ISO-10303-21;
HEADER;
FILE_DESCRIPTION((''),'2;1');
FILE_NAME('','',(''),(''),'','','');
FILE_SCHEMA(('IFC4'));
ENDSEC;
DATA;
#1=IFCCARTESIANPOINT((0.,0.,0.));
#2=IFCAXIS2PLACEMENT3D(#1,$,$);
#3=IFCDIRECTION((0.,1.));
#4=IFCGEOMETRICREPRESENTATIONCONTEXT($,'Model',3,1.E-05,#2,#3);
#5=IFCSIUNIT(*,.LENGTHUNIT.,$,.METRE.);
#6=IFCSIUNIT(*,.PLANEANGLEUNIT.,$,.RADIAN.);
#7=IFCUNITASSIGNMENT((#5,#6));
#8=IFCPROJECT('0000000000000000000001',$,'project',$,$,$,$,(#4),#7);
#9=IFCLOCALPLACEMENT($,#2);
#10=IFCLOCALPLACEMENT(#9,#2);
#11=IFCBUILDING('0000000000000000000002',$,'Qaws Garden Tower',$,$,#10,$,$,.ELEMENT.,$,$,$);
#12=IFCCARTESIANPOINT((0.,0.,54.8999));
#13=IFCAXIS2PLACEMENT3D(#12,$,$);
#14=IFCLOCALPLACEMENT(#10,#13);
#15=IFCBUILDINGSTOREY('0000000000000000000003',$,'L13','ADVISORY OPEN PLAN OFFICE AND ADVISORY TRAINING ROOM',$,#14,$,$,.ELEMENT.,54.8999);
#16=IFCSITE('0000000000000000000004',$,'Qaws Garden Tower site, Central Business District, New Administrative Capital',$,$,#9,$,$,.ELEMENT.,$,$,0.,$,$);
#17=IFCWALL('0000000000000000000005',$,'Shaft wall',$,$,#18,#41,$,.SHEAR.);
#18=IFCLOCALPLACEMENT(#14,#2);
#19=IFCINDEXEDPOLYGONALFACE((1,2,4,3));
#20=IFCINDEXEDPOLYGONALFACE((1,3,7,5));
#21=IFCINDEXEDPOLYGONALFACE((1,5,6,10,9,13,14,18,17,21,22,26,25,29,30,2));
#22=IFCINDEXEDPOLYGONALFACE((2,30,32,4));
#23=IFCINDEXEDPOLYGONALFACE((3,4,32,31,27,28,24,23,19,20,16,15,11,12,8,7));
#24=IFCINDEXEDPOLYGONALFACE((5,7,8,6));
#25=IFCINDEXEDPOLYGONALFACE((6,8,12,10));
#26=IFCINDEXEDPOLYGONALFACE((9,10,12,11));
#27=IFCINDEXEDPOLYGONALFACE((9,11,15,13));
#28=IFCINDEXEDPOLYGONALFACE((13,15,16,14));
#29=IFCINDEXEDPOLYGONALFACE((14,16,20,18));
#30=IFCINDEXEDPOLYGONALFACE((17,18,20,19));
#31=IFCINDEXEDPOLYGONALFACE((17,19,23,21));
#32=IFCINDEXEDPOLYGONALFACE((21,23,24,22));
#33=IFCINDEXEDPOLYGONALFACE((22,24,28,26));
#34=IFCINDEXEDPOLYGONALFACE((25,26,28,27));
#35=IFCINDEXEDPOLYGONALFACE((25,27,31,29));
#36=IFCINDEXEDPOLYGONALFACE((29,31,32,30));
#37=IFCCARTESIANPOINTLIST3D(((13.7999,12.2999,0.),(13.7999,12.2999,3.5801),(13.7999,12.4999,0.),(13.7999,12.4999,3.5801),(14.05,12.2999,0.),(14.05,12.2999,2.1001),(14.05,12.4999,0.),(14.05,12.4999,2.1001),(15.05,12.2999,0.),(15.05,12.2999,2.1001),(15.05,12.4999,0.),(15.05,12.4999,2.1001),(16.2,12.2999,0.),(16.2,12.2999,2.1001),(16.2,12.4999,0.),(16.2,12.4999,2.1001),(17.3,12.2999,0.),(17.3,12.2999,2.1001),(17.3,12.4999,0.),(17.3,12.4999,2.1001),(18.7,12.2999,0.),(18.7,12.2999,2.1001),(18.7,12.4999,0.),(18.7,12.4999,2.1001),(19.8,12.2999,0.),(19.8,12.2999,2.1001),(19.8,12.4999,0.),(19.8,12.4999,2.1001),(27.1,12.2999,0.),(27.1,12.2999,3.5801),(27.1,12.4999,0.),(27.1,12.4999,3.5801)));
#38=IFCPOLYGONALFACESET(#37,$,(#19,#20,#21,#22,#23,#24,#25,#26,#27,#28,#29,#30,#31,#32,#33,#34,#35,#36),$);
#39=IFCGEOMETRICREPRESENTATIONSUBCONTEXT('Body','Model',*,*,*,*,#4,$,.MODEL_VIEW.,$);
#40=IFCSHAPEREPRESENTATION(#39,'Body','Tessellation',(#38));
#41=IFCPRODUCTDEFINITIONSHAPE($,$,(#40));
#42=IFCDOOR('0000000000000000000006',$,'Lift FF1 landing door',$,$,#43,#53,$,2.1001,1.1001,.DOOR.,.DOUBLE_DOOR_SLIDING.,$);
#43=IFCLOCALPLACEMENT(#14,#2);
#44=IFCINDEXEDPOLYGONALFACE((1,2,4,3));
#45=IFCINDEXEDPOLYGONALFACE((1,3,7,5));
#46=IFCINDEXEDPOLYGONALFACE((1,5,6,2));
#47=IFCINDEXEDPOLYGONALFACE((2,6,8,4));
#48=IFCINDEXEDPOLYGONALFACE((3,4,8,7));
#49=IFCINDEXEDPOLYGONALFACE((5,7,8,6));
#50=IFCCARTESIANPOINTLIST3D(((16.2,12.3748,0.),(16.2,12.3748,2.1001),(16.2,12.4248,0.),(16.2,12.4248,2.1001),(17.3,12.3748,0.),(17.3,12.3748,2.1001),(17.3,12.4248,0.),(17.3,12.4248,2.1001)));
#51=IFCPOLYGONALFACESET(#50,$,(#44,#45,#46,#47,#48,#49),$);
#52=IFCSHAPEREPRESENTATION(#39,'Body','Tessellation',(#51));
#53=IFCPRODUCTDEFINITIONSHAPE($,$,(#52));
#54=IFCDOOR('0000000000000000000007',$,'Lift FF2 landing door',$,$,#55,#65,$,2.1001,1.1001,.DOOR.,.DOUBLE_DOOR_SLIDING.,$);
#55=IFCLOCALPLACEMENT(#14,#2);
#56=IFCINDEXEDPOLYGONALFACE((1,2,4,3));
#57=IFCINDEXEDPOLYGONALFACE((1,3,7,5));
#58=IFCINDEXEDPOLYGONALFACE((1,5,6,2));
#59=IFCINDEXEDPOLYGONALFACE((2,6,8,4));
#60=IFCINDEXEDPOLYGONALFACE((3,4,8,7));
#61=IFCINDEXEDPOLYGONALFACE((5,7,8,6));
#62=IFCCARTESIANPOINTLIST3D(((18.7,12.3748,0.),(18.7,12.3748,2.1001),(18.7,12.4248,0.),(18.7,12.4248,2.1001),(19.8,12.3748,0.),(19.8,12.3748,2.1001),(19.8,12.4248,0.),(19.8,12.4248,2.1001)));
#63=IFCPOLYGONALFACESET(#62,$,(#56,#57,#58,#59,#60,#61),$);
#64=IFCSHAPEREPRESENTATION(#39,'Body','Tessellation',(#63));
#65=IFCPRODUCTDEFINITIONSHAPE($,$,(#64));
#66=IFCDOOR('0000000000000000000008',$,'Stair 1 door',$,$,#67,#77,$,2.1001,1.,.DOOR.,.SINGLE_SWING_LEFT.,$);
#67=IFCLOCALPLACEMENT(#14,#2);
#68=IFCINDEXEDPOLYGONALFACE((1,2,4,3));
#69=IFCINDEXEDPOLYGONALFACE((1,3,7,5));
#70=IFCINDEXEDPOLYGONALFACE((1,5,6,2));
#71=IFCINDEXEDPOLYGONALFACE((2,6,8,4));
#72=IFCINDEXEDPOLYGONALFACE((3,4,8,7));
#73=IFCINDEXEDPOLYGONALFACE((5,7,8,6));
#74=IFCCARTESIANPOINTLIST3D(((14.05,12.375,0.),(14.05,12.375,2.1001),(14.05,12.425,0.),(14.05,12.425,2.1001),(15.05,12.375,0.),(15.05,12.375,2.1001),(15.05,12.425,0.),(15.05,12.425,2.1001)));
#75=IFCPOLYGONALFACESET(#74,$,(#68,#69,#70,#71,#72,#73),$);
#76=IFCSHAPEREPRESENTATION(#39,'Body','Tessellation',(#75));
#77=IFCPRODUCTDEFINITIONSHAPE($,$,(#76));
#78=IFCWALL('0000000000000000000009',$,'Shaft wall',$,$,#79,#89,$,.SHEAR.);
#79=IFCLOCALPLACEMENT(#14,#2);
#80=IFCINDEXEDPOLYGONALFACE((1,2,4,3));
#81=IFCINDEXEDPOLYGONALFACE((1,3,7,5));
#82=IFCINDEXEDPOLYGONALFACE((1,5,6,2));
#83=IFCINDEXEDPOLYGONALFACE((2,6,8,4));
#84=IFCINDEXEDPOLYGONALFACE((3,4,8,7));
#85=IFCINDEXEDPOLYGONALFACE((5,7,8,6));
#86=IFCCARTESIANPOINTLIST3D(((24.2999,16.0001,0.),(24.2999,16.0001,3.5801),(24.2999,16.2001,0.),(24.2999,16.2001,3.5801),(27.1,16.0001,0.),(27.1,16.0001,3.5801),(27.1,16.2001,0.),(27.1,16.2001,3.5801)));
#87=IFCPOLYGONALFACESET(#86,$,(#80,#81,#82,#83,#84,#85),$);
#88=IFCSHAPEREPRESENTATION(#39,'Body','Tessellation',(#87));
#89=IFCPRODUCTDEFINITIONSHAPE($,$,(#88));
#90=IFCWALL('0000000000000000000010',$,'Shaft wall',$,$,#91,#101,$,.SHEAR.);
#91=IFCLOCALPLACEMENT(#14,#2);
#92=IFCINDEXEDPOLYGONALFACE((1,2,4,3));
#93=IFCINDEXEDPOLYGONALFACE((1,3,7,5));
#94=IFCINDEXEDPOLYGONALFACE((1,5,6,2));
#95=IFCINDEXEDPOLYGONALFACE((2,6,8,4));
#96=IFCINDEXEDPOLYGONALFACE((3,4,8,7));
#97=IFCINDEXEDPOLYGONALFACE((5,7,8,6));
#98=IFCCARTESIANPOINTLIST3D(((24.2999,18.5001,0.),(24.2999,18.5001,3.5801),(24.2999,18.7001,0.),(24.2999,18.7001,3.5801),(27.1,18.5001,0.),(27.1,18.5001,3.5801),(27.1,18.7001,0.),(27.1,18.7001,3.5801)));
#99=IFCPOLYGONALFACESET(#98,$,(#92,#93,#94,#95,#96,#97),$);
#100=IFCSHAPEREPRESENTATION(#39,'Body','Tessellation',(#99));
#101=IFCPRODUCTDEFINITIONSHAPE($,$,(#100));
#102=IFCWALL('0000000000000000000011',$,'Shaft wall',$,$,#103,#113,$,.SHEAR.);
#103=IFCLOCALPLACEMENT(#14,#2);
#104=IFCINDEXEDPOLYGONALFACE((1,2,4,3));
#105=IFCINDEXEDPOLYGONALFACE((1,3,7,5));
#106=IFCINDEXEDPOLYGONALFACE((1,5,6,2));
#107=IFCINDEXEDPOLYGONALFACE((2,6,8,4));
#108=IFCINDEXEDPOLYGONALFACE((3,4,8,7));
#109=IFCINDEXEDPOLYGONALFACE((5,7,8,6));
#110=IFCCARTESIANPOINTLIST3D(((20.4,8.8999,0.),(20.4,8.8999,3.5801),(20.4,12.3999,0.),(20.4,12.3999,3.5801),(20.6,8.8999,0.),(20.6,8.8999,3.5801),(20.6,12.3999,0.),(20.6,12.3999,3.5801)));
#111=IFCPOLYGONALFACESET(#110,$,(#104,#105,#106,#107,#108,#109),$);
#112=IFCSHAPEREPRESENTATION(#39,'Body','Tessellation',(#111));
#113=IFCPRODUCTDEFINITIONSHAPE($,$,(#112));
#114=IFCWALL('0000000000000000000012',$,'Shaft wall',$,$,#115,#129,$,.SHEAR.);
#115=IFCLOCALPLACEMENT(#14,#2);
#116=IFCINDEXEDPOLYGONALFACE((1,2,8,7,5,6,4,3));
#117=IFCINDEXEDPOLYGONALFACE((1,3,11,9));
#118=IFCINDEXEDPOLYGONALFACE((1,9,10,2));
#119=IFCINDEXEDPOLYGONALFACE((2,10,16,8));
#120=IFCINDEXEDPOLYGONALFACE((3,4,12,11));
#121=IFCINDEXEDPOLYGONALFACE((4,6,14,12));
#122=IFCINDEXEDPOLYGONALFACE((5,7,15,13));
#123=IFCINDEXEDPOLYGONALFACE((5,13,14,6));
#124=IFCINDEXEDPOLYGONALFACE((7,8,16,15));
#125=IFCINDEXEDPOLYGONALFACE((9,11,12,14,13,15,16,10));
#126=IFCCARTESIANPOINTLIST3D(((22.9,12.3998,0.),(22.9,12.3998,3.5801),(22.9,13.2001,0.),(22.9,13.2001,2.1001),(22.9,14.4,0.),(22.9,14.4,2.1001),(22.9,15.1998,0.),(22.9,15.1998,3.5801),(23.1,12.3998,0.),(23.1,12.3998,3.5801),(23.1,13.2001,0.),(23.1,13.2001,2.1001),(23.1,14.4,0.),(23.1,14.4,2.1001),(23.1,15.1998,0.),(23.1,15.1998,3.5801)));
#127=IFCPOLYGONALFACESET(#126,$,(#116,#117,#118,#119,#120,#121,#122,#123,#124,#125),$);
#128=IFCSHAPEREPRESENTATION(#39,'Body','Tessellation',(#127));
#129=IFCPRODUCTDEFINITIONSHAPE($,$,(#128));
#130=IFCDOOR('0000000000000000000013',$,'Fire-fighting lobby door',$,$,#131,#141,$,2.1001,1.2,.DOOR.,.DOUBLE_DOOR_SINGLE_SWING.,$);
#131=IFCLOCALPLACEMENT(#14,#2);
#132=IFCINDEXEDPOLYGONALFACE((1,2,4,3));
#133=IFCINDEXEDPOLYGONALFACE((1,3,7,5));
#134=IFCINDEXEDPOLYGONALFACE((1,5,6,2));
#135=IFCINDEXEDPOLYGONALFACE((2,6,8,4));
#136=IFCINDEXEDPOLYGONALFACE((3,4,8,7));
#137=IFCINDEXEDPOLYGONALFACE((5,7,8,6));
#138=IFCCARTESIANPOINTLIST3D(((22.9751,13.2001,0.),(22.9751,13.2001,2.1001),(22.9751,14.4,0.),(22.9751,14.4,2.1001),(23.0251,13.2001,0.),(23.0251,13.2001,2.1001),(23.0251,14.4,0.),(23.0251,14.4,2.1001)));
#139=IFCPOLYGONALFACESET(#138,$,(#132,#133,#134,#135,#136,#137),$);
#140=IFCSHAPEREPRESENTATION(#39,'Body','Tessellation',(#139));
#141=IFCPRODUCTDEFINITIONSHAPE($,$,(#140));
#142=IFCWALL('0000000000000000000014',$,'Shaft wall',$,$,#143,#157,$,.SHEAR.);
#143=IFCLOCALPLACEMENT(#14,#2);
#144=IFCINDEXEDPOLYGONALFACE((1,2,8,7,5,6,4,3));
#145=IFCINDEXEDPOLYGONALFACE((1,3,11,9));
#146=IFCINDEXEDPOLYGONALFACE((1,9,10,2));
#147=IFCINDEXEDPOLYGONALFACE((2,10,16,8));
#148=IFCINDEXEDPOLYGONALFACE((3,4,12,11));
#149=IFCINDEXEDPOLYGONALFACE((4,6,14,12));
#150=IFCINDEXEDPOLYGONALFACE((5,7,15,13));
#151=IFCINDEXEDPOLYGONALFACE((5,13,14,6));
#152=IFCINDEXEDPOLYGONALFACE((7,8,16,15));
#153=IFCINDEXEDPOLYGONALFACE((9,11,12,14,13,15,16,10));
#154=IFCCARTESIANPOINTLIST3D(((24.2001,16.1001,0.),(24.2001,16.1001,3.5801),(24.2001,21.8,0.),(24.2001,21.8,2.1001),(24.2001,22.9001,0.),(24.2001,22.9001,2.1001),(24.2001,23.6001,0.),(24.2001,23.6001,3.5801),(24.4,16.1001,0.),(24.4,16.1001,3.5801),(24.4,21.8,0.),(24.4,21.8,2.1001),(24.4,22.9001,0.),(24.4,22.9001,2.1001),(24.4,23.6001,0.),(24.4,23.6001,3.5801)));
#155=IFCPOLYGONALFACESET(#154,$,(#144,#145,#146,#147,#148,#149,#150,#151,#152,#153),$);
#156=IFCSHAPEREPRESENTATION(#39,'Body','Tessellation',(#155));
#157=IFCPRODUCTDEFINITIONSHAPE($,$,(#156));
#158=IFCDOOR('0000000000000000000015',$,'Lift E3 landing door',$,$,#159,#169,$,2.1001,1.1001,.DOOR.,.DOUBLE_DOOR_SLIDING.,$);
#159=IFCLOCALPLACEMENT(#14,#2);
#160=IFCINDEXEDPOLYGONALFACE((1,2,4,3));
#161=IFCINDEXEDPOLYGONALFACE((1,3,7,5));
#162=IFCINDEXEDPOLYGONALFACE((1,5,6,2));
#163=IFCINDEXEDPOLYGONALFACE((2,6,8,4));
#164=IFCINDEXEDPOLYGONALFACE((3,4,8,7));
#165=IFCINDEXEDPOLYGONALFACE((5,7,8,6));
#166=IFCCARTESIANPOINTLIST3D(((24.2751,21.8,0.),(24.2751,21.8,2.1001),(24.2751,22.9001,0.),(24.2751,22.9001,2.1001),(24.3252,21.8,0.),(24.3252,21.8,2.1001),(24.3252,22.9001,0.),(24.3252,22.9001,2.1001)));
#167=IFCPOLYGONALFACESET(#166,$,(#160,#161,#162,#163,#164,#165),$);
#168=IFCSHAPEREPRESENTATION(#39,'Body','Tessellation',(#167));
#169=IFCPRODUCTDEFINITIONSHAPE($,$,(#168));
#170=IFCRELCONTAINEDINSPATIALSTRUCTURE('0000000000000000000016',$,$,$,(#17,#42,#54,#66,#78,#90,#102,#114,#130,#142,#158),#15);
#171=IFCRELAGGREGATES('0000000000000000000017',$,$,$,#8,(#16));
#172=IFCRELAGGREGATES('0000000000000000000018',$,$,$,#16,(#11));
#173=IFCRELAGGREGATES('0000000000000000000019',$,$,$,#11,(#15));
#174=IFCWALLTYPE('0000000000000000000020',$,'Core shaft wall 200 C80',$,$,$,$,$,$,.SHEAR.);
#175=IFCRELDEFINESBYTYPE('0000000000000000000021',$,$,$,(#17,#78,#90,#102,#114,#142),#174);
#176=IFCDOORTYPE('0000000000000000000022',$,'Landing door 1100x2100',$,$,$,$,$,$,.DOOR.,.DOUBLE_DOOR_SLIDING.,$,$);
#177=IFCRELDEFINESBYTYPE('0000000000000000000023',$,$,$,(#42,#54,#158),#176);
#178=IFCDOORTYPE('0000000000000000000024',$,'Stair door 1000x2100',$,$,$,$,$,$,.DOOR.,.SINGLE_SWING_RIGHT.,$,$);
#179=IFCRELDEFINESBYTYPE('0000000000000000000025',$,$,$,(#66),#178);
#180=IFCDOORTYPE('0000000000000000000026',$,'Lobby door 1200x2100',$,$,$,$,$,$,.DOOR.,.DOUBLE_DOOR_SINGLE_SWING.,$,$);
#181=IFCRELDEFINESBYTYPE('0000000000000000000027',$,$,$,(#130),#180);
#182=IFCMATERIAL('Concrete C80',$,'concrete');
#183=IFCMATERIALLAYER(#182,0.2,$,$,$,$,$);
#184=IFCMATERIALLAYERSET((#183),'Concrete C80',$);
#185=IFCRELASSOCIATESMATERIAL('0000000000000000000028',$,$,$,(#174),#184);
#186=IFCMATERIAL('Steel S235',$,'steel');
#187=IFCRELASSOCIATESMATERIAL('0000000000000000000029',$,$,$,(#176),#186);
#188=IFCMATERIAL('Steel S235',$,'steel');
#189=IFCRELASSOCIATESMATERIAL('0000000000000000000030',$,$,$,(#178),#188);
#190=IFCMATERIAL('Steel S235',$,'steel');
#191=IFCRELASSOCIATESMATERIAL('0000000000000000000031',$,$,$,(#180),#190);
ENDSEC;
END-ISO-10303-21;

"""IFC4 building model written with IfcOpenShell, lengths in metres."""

from ifc_helpers import new_model, si_unit, direction, frame, frame_2d, origin, place, context, subcontext, project, spatial, rectangle, extrude, material, layer, layer_set, type_object, element, fill, save


model = new_model("IFC4")

# Units and contexts
model_context = context("Model", 3, precision=1e-05, world=origin(), true_north=direction((0.0, 1.0)))
body_context = subcontext(model_context, "Body", "Model", "MODEL_VIEW")
ifc_project = project(units=[si_unit("LENGTHUNIT", "METRE"), si_unit("PLANEANGLEUNIT", "RADIAN")], contexts=[model_context])

# Site, building, storey
site_placement = place(None, origin())
site = spatial("IfcSite", under=ifc_project, at=site_placement, Name="Qaws Garden Tower site, Central Business District, New Administrative Capital", CompositionType="ELEMENT", RefElevation=0.0)
building_placement = place(site_placement, origin())
building = spatial("IfcBuilding", under=site, at=building_placement, Name="Qaws Garden Tower", CompositionType="ELEMENT")
storey_placement = place(building_placement, frame((0.0, 0.0, 54.8999)))
storey = spatial("IfcBuildingStorey", under=building, at=storey_placement, Name="L13", Description="ADVISORY OPEN PLAN OFFICE AND ADVISORY TRAINING ROOM", CompositionType="ELEMENT", Elevation=54.8999)

# Wall, openings, doors
ifc_material_1 = material(Name="Concrete C80", Category="concrete")
ifc_layer_1 = layer(ifc_material_1, 0.2)
ifc_layer_set_1 = layer_set([ifc_layer_1], Name="Concrete C80")
wall_type_1 = type_object("IfcWallType", Name="Core shaft wall 200 C80", PredefinedType="SHEAR", material=ifc_layer_set_1)
wall_1_placement = place(storey_placement, frame((13.8, 12.3999, 0.0), z_axis=(0.0, 0.0, 1.0), x_axis=(1.0, 0.0, 0.0)))
wall_1 = element("IfcWall", 1, at=wall_1_placement, inside=storey, type_object=wall_type_1, Name="Shaft wall", PredefinedType="SHEAR", context=body_context, shape_type="SweptSolid", body=[
    extrude(rectangle(XDim=13.3, YDim=0.2, at=frame_2d((6.6499, 0.0))), origin(), (0.0, 0.0, 1.0), 3.5801),
])
opening_1_placement = place(wall_1_placement, frame((2.3999, 0.0, 0.0)))
opening_1 = element("IfcOpeningElement", 2, at=opening_1_placement, cuts=wall_1, PredefinedType="OPENING", context=body_context, shape_type="SweptSolid", body=[
    extrude(rectangle(XDim=1.1001, YDim=2.1001, at=frame_2d((0.55, 1.05))), frame((0.0, 0.1099, 0.0), z_axis=(0.0, -1.0, 0.0), x_axis=(1.0, 0.0, 0.0)), (0.0, 0.0, 1.0), 0.22),
])
opening_2_placement = place(wall_1_placement, frame((4.8999, 0.0, 0.0)))
opening_2 = element("IfcOpeningElement", 3, at=opening_2_placement, cuts=wall_1, PredefinedType="OPENING", context=body_context, shape_type="SweptSolid", body=[
    extrude(rectangle(XDim=1.1001, YDim=2.1001, at=frame_2d((0.55, 1.05))), frame((0.0, 0.1099, 0.0), z_axis=(0.0, -1.0, 0.0), x_axis=(1.0, 0.0, 0.0)), (0.0, 0.0, 1.0), 0.22),
])
opening_3_placement = place(wall_1_placement, frame((0.25, 0.0, 0.0)))
opening_3 = element("IfcOpeningElement", 4, at=opening_3_placement, cuts=wall_1, PredefinedType="OPENING", context=body_context, shape_type="SweptSolid", body=[
    extrude(rectangle(XDim=1.0, YDim=2.1001, at=frame_2d((0.5, 1.05))), frame((0.0, 0.1099, 0.0), z_axis=(0.0, -1.0, 0.0), x_axis=(1.0, 0.0, 0.0)), (0.0, 0.0, 1.0), 0.22),
])
ifc_material_2 = material(Name="Steel S235", Category="steel")
door_type_1 = type_object("IfcDoorType", Name="Landing door 1100x2100", OperationType="DOUBLE_DOOR_SLIDING", PredefinedType="DOOR", material=ifc_material_2)
door_1_placement = place(opening_1_placement, origin())
door_1 = element("IfcDoor", 5, at=door_1_placement, inside=storey, type_object=door_type_1, Name="Lift FF1 landing door", OperationType="DOUBLE_DOOR_SLIDING", OverallHeight=2.1001, OverallWidth=1.1001, PredefinedType="DOOR", context=body_context, shape_type="SweptSolid", body=[
    extrude(rectangle(XDim=1.1001, YDim=2.1001, at=frame_2d((0.55, 1.05))), frame((0.0, 0.0249, 0.0), z_axis=(0.0, -1.0, 0.0), x_axis=(1.0, 0.0, 0.0)), (0.0, 0.0, 1.0), 0.05),
])
fill(opening_1, door_1)
door_2_placement = place(opening_2_placement, origin())
door_2 = element("IfcDoor", 6, at=door_2_placement, inside=storey, type_object=door_type_1, Name="Lift FF2 landing door", OperationType="DOUBLE_DOOR_SLIDING", OverallHeight=2.1001, OverallWidth=1.1001, PredefinedType="DOOR", context=body_context, shape_type="SweptSolid", body=[
    extrude(rectangle(XDim=1.1001, YDim=2.1001, at=frame_2d((0.55, 1.05))), frame((0.0, 0.0249, 0.0), z_axis=(0.0, -1.0, 0.0), x_axis=(1.0, 0.0, 0.0)), (0.0, 0.0, 1.0), 0.05),
])
fill(opening_2, door_2)
ifc_material_3 = material(Name="Steel S235", Category="steel")
door_type_2 = type_object("IfcDoorType", Name="Stair door 1000x2100", OperationType="SINGLE_SWING_RIGHT", PredefinedType="DOOR", material=ifc_material_3)
door_3_placement = place(opening_3_placement, frame((1.0, 0.0, 0.0), z_axis=(0.0, 0.0, 1.0), x_axis=(-1.0, 0.0, 0.0)))
door_3 = element("IfcDoor", 7, at=door_3_placement, inside=storey, type_object=door_type_2, Name="Stair 1 door", OperationType="SINGLE_SWING_LEFT", OverallHeight=2.1001, OverallWidth=1.0, PredefinedType="DOOR", context=body_context, shape_type="SweptSolid", body=[
    extrude(rectangle(XDim=1.0, YDim=2.1001, at=frame_2d((0.5, 1.05))), frame((0.0, 0.0249, 0.0), z_axis=(0.0, -1.0, 0.0), x_axis=(1.0, 0.0, 0.0)), (0.0, 0.0, 1.0), 0.05),
])
fill(opening_3, door_3)

# Walls
for number, where, z_axis, x_axis, name in (
    (8, (24.3, 16.1001, 0.0), (0.0, 0.0, 1.0), (1.0, 0.0, 0.0), "Shaft wall"),
    (9, (24.3, 18.6001, 0.0), (0.0, 0.0, 1.0), (1.0, 0.0, 0.0), "Shaft wall"),
):
    element("IfcWall", number, at=place(storey_placement, frame(where, z_axis=z_axis, x_axis=x_axis)), inside=storey, type_object=wall_type_1, Name=name, PredefinedType="SHEAR", context=body_context, shape_type="SweptSolid", body=[
        extrude(rectangle(XDim=2.8, YDim=0.2, at=frame_2d((1.3999, 0.0))), origin(), (0.0, 0.0, 1.0), 3.5801),
    ])
wall_2_placement = place(storey_placement, frame((20.5, 8.8999, 0.0), z_axis=(0.0, 0.0, 1.0), x_axis=(0.0, 1.0, 0.0)))
element("IfcWall", 10, at=wall_2_placement, inside=storey, type_object=wall_type_1, Name="Shaft wall", PredefinedType="SHEAR", context=body_context, shape_type="SweptSolid", body=[
    extrude(rectangle(XDim=3.5, YDim=0.2, at=frame_2d((1.75, 0.0))), origin(), (0.0, 0.0, 1.0), 3.5801),
])

# Walls, openings, doors
wall_3_placement = place(storey_placement, frame((23.0, 12.3999, 0.0), z_axis=(0.0, 0.0, 1.0), x_axis=(0.0, 1.0, 0.0)))
wall_3 = element("IfcWall", 11, at=wall_3_placement, inside=storey, type_object=wall_type_1, Name="Shaft wall", PredefinedType="SHEAR", context=body_context, shape_type="SweptSolid", body=[
    extrude(rectangle(XDim=2.8, YDim=0.2, at=frame_2d((1.3999, 0.0))), origin(), (0.0, 0.0, 1.0), 3.5801),
])
opening_4_placement = place(wall_3_placement, frame((0.8, 0.0, 0.0)))
opening_4 = element("IfcOpeningElement", 12, at=opening_4_placement, cuts=wall_3, PredefinedType="OPENING", context=body_context, shape_type="SweptSolid", body=[
    extrude(rectangle(XDim=1.2, YDim=2.1001, at=frame_2d((0.6001, 1.05))), frame((0.0, 0.1099, 0.0), z_axis=(0.0, -1.0, 0.0), x_axis=(1.0, 0.0, 0.0)), (0.0, 0.0, 1.0), 0.22),
])
ifc_material_4 = material(Name="Steel S235", Category="steel")
door_type_3 = type_object("IfcDoorType", Name="Lobby door 1200x2100", OperationType="DOUBLE_DOOR_SINGLE_SWING", PredefinedType="DOOR", material=ifc_material_4)
door_4_placement = place(opening_4_placement, origin())
door_4 = element("IfcDoor", 13, at=door_4_placement, inside=storey, type_object=door_type_3, Name="Fire-fighting lobby door", OperationType="DOUBLE_DOOR_SINGLE_SWING", OverallHeight=2.1001, OverallWidth=1.2, PredefinedType="DOOR", context=body_context, shape_type="SweptSolid", body=[
    extrude(rectangle(XDim=1.2, YDim=2.1001, at=frame_2d((0.6001, 1.05))), frame((0.0, 0.0249, 0.0), z_axis=(0.0, -1.0, 0.0), x_axis=(1.0, 0.0, 0.0)), (0.0, 0.0, 1.0), 0.05),
])
fill(opening_4, door_4)
wall_4_placement = place(storey_placement, frame((24.3, 16.1001, 0.0), z_axis=(0.0, 0.0, 1.0), x_axis=(0.0, 1.0, 0.0)))
wall_4 = element("IfcWall", 14, at=wall_4_placement, inside=storey, type_object=wall_type_1, Name="Shaft wall", PredefinedType="SHEAR", context=body_context, shape_type="SweptSolid", body=[
    extrude(rectangle(XDim=7.5, YDim=0.2, at=frame_2d((3.75, 0.0))), origin(), (0.0, 0.0, 1.0), 3.5801),
])
opening_5_placement = place(wall_4_placement, frame((5.7, 0.0, 0.0)))
opening_5 = element("IfcOpeningElement", 15, at=opening_5_placement, cuts=wall_4, PredefinedType="OPENING", context=body_context, shape_type="SweptSolid", body=[
    extrude(rectangle(XDim=1.1001, YDim=2.1001, at=frame_2d((0.55, 1.05))), frame((0.0, 0.1099, 0.0), z_axis=(0.0, -1.0, 0.0), x_axis=(1.0, 0.0, 0.0)), (0.0, 0.0, 1.0), 0.22),
])
door_5_placement = place(opening_5_placement, origin())
door_5 = element("IfcDoor", 16, at=door_5_placement, inside=storey, type_object=door_type_1, Name="Lift E3 landing door", OperationType="DOUBLE_DOOR_SLIDING", OverallHeight=2.1001, OverallWidth=1.1001, PredefinedType="DOOR", context=body_context, shape_type="SweptSolid", body=[
    extrude(rectangle(XDim=1.1001, YDim=2.1001, at=frame_2d((0.55, 1.05))), frame((0.0, 0.0249, 0.0), z_axis=(0.0, -1.0, 0.0), x_axis=(1.0, 0.0, 0.0)), (0.0, 0.0, 1.0), 0.05),
])
fill(opening_5, door_5)

save(model, "model.ifc")
